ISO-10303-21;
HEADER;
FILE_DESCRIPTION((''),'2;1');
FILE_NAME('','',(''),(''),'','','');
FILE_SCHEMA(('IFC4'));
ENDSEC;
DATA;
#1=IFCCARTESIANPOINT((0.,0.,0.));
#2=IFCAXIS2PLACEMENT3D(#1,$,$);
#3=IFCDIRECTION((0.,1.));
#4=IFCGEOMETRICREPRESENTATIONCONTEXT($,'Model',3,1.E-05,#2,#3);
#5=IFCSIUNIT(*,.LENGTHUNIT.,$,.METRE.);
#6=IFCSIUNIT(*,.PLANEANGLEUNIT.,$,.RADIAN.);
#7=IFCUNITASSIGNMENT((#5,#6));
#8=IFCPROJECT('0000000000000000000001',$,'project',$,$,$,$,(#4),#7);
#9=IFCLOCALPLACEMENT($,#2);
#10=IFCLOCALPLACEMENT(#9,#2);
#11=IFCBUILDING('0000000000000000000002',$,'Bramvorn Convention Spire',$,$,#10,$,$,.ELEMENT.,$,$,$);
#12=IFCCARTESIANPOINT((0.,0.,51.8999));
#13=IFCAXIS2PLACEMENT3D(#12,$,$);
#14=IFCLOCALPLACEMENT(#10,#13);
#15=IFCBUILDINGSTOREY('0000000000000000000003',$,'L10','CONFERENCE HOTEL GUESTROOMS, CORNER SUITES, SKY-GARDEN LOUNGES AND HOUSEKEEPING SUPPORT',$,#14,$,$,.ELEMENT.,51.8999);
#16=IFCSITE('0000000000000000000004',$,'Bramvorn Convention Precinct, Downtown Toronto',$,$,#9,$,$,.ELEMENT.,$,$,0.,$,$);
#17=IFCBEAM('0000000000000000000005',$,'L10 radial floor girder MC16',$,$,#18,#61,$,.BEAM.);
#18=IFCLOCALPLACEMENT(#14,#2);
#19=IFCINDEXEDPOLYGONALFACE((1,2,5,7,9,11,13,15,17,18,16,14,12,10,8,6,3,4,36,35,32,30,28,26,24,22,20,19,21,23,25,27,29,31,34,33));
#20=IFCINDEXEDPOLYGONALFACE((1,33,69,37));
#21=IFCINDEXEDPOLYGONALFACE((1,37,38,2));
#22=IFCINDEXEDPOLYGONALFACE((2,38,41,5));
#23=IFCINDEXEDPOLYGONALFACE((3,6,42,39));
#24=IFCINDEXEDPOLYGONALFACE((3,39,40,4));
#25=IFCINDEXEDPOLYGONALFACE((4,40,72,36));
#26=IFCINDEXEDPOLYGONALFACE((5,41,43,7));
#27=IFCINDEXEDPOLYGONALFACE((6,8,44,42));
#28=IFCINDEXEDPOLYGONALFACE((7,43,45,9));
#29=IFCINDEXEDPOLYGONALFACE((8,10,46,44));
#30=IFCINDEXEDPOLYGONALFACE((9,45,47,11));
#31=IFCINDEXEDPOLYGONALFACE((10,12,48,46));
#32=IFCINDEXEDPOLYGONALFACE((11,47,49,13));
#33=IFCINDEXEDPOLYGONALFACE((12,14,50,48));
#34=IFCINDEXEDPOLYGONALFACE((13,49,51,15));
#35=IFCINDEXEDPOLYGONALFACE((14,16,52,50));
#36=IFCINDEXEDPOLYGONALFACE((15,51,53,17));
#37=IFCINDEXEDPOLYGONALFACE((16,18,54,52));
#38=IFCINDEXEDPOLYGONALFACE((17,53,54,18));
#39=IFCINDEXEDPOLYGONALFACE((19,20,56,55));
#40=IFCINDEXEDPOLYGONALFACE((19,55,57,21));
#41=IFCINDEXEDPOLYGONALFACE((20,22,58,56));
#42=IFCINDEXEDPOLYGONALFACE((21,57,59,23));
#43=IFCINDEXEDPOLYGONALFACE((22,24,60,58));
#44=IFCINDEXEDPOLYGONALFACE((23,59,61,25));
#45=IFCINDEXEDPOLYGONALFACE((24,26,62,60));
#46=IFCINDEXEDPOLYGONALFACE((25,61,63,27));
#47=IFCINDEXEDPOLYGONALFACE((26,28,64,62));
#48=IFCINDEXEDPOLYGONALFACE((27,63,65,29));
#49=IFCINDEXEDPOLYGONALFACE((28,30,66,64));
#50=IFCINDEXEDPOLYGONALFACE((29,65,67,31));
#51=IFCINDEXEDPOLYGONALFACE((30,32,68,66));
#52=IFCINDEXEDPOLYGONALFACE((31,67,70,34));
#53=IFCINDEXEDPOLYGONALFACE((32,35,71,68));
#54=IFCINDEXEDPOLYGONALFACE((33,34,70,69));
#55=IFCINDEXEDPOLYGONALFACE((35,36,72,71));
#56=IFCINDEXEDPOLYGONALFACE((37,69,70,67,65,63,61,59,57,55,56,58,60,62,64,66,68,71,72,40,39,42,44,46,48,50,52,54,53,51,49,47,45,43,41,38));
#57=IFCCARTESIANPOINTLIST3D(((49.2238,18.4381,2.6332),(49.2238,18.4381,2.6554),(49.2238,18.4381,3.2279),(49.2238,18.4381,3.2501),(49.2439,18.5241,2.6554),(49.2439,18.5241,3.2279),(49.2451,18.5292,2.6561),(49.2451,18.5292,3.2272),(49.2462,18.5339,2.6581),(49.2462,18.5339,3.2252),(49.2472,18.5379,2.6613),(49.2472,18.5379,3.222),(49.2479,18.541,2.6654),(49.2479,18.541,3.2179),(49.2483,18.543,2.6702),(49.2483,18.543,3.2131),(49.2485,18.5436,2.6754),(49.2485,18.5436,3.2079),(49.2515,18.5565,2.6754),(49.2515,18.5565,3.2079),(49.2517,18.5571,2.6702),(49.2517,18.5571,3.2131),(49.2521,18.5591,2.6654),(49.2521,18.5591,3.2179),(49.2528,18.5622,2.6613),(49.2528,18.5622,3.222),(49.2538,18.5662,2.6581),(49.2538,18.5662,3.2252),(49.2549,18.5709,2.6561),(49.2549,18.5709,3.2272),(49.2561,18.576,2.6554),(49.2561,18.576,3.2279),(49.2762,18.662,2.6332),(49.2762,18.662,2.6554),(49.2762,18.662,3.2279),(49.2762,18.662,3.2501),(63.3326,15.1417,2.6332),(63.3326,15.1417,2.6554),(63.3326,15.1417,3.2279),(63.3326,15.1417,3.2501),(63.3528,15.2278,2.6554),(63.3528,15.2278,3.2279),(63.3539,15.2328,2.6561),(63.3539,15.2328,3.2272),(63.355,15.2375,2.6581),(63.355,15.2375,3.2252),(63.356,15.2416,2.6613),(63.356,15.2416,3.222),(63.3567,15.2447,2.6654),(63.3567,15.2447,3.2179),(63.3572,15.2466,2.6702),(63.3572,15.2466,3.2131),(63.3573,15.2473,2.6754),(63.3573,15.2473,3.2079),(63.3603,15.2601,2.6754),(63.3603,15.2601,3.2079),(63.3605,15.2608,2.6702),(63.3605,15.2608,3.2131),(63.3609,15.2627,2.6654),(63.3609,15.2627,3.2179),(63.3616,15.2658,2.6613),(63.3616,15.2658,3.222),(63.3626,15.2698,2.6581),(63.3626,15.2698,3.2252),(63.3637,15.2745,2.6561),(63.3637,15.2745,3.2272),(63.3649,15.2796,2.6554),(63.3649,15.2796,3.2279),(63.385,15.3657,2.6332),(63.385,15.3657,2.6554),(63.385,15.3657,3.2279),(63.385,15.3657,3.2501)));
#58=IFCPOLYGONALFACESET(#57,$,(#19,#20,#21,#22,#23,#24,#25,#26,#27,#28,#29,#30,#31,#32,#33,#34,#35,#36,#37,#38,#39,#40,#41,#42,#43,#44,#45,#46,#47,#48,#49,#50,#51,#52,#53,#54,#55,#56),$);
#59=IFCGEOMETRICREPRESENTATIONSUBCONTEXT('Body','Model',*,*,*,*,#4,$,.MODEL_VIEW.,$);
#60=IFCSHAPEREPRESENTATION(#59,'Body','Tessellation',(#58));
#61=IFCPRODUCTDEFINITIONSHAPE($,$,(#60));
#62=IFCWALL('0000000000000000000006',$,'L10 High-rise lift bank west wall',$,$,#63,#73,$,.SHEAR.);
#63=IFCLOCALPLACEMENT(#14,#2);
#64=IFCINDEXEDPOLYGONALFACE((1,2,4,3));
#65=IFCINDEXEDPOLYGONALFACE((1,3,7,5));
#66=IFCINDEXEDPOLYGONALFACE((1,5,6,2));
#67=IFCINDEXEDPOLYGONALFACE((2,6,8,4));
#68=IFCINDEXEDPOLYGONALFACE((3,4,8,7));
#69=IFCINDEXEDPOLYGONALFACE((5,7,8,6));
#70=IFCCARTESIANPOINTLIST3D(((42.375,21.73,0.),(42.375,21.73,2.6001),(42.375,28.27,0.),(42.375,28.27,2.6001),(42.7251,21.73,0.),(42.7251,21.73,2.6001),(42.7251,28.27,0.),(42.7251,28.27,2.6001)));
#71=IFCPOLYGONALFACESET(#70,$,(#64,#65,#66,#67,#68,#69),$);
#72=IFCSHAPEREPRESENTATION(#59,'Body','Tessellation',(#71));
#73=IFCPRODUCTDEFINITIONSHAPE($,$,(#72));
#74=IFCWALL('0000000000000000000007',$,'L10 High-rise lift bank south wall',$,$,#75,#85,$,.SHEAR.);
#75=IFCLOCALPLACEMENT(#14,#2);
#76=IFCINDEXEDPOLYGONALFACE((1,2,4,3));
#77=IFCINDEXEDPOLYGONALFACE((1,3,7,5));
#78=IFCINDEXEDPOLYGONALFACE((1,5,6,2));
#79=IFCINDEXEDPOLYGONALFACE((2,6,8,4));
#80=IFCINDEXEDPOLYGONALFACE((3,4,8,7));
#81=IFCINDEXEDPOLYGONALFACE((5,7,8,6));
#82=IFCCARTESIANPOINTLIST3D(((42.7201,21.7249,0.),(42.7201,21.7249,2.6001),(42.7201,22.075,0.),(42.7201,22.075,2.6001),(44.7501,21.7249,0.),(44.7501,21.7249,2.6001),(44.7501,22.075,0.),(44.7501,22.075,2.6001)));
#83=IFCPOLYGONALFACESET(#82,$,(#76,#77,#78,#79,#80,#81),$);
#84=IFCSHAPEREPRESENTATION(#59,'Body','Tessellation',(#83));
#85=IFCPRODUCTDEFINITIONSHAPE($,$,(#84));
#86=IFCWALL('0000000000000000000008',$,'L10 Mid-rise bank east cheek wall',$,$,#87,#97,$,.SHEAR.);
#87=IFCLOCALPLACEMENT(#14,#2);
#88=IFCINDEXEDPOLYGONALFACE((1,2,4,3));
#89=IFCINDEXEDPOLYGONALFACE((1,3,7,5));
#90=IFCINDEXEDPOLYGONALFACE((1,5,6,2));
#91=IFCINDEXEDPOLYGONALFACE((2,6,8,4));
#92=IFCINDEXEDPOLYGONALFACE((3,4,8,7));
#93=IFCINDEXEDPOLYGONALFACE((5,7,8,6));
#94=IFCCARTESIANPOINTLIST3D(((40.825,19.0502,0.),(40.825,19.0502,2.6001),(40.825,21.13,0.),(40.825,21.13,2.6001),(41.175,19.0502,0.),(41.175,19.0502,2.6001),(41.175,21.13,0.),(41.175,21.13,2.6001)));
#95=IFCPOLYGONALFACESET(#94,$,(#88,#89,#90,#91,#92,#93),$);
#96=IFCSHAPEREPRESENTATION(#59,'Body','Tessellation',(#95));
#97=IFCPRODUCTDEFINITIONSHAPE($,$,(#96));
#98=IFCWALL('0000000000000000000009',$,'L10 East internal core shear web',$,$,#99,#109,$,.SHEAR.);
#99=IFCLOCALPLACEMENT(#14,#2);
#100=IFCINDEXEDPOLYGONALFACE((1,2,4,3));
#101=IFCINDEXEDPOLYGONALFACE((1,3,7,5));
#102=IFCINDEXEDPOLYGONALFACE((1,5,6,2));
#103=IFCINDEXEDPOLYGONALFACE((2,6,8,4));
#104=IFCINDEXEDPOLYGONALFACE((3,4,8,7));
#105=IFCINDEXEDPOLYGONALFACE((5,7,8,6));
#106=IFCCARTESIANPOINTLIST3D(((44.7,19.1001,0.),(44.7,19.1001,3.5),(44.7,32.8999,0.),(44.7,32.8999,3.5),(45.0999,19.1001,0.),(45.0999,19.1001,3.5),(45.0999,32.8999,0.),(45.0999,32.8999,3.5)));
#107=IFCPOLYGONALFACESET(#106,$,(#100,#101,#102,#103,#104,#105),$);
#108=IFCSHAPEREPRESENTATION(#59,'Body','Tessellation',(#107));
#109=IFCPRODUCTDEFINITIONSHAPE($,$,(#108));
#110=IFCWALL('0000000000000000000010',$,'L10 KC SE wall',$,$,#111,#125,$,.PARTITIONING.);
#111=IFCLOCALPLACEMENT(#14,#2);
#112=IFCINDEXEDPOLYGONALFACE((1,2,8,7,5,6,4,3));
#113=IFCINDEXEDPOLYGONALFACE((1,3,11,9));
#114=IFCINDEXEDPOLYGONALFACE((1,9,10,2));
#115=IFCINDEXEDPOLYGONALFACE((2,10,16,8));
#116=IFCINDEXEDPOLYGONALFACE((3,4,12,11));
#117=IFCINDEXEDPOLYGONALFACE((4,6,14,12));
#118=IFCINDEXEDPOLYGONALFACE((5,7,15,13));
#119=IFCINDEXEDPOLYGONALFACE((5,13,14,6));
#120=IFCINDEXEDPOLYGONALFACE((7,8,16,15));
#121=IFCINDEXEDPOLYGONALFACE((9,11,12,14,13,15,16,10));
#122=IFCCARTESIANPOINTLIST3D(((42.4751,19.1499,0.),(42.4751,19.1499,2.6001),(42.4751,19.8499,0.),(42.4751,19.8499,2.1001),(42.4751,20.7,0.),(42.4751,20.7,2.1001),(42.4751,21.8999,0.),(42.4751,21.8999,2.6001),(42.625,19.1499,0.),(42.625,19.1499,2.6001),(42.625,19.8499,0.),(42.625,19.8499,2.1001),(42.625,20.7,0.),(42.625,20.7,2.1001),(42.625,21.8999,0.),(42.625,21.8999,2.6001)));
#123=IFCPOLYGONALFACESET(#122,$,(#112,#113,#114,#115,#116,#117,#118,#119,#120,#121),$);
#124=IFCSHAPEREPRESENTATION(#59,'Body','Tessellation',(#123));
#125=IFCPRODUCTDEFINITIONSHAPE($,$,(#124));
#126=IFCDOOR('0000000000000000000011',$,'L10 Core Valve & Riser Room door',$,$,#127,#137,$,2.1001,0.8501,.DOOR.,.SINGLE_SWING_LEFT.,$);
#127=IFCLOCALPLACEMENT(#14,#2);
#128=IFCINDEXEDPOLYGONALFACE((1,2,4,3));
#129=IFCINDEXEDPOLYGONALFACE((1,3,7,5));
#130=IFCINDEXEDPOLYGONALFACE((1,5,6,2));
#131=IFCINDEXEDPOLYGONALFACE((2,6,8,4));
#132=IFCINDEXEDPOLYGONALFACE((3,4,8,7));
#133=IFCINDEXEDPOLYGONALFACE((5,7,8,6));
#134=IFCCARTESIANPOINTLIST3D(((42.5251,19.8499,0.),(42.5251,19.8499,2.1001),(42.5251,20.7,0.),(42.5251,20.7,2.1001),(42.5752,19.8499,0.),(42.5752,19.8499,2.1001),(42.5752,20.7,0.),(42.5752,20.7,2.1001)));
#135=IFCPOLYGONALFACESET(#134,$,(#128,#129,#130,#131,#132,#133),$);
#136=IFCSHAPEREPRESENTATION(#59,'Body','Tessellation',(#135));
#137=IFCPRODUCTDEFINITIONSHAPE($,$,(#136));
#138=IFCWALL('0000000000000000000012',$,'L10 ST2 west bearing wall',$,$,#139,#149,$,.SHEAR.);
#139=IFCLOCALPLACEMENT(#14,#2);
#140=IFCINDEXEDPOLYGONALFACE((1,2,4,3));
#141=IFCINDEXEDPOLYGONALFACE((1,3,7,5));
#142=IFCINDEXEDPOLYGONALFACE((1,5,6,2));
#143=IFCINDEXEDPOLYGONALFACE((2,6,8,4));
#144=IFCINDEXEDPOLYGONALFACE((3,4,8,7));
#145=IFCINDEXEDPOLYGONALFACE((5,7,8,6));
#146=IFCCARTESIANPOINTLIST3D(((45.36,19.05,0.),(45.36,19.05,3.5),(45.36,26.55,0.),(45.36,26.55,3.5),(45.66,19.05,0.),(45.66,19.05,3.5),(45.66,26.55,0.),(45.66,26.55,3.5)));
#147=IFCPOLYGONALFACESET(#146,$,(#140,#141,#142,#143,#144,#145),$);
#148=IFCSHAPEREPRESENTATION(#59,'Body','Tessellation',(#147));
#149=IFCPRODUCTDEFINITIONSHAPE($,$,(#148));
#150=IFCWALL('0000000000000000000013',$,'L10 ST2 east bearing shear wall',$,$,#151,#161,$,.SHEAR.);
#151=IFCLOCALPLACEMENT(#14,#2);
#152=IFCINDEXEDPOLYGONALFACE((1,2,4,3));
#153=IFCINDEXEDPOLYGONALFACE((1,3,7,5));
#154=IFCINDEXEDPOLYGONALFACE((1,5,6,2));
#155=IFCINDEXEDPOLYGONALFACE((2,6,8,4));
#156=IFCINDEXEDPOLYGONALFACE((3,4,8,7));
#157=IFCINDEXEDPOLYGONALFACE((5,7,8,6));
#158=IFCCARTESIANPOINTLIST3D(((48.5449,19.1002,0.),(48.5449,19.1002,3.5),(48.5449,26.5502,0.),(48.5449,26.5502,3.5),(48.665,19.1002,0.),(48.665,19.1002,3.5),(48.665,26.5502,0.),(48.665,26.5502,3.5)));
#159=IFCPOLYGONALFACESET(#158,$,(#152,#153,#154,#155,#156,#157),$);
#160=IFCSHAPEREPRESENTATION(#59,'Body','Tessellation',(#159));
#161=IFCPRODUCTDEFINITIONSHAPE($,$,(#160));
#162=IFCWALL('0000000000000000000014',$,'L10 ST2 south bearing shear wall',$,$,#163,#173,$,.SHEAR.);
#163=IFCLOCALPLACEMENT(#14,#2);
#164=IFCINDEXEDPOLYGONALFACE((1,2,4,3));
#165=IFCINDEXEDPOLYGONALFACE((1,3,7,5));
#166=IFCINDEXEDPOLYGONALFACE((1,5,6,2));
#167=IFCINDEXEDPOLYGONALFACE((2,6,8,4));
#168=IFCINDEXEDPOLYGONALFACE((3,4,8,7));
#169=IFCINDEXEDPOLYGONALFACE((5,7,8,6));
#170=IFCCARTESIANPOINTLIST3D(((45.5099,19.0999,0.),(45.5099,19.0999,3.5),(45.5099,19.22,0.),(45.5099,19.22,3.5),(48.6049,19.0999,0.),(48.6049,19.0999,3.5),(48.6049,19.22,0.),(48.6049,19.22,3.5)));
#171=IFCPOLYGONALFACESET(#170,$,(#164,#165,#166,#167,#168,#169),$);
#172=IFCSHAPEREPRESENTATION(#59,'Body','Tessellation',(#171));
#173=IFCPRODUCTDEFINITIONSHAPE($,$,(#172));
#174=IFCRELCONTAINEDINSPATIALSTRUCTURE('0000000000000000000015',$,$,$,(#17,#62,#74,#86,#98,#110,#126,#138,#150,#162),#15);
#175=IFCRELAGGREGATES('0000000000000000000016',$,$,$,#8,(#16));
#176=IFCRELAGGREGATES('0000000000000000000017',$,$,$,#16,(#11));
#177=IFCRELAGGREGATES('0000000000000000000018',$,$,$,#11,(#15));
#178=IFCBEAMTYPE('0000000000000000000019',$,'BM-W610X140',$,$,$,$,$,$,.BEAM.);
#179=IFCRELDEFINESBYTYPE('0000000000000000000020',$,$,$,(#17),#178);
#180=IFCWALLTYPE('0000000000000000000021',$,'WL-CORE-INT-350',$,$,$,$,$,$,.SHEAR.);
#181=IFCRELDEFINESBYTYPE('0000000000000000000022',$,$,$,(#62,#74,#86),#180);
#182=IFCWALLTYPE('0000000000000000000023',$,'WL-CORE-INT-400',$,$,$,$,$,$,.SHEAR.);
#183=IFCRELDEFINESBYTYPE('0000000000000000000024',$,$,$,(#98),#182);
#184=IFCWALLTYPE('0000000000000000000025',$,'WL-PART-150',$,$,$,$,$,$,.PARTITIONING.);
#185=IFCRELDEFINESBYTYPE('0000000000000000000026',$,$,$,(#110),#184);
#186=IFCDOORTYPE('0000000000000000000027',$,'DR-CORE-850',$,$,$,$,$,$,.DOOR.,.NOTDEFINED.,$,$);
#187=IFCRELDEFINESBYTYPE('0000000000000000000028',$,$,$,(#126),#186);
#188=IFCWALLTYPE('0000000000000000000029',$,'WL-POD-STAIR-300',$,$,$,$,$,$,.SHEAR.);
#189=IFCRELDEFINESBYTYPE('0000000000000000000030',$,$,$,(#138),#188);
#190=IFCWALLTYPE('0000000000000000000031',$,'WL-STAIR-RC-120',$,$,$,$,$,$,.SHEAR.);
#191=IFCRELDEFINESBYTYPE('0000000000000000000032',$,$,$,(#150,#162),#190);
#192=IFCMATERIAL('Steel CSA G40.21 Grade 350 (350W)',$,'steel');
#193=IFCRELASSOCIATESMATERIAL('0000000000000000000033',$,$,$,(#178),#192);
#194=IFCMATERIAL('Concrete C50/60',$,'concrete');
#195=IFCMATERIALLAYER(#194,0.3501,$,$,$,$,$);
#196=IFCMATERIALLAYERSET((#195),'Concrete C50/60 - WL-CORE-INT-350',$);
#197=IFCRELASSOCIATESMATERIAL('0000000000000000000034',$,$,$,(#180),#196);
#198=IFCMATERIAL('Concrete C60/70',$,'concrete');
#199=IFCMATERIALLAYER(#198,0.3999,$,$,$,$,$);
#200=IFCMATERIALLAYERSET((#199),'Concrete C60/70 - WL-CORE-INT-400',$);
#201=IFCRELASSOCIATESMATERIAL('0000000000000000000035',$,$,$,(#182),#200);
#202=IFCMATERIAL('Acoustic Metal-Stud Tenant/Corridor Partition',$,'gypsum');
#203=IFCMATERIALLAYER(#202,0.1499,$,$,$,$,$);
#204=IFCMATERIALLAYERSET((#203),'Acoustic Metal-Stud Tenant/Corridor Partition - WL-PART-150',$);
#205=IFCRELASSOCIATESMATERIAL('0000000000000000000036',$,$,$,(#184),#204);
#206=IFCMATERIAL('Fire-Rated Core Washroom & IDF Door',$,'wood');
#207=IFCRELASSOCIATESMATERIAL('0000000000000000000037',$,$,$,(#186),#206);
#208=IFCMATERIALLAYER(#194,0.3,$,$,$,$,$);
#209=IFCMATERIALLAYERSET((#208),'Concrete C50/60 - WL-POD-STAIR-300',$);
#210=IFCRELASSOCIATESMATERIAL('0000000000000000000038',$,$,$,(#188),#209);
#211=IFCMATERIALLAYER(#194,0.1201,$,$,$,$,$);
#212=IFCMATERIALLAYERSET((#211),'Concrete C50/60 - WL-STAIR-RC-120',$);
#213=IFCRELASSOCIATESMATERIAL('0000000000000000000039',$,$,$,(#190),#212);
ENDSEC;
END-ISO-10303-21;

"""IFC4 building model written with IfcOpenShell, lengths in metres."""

from ifc_helpers import new_model, si_unit, direction, frame, frame_2d, origin, origin_2d, place, context, subcontext, project, spatial, rectangle, i_section, extrude, material, layer, layer_set, material_profile, profile_set, type_object, element, fill, save


model = new_model("IFC4")

# Units and contexts
model_context = context("Model", 3, precision=1e-05, world=origin(), true_north=direction((0.0, 1.0)))
body_context = subcontext(model_context, "Body", "Model", "MODEL_VIEW")
ifc_project = project(units=[si_unit("LENGTHUNIT", "METRE"), si_unit("PLANEANGLEUNIT", "RADIAN")], contexts=[model_context])

# Site, building, storey
site_placement = place(None, origin())
site = spatial("IfcSite", under=ifc_project, at=site_placement, Name="Bramvorn Convention Precinct, Downtown Toronto", CompositionType="ELEMENT", RefElevation=0.0)
building_placement = place(site_placement, origin())
building = spatial("IfcBuilding", under=site, at=building_placement, Name="Bramvorn Convention Spire", CompositionType="ELEMENT")
storey_placement = place(building_placement, frame((0.0, 0.0, 51.8999)))
storey = spatial("IfcBuildingStorey", under=building, at=storey_placement, Name="L10", Description="CONFERENCE HOTEL GUESTROOMS, CORNER SUITES, SKY-GARDEN LOUNGES AND HOUSEKEEPING SUPPORT", CompositionType="ELEMENT", Elevation=51.8999)

# Beam
ifc_material_1 = material(Name="Steel CSA G40.21 Grade 350 (350W)", Category="steel")
ifc_material_profile_1 = material_profile(ifc_material_1, i_section(OverallWidth=0.23, OverallDepth=0.6169, WebThickness=0.0132, FlangeThickness=0.0222, FilletRadius=0.02, at=origin_2d()))
ifc_profile_set_1 = profile_set([ifc_material_profile_1], Name="Steel CSA G40.21 Grade 350 (350W) - W610X140")
beam_type_1 = type_object("IfcBeamType", Name="BM-W610X140", PredefinedType="BEAM", material=ifc_profile_set_1)
beam_1_placement = place(storey_placement, frame((49.25, 18.55, 2.9417), z_axis=(0.973775, -0.227512, 0.0), x_axis=(0.227512, 0.973775, 0.0)))
element("IfcBeam", 1, at=beam_1_placement, inside=storey, type_object=beam_type_1, Name="L10 radial floor girder MC16", PredefinedType="BEAM", context=body_context, shape_type="SweptSolid", body=[
    extrude(i_section(OverallWidth=0.23, OverallDepth=0.6169, WebThickness=0.0132, FlangeThickness=0.0222, FilletRadius=0.02, at=origin_2d()), origin(), (0.0, 0.0, 1.0), 14.4888),
])

# Shared definitions
ifc_material_2 = material(Name="Concrete C60/70", Category="concrete")

# Walls
ifc_material_3 = material(Name="Concrete C50/60", Category="concrete")
ifc_layer_1 = layer(ifc_material_3, 0.3501)
ifc_layer_set_1 = layer_set([ifc_layer_1], Name="Concrete C50/60 - WL-CORE-INT-350")
wall_type_1 = type_object("IfcWallType", Name="WL-CORE-INT-350", PredefinedType="SHEAR", material=ifc_layer_set_1)
wall_1_placement = place(storey_placement, frame((42.55, 21.73, 0.0), z_axis=(0.0, 0.0, 1.0), x_axis=(0.0, 1.0, 0.0)))
element("IfcWall", 2, at=wall_1_placement, inside=storey, type_object=wall_type_1, Name="L10 High-rise lift bank west wall", PredefinedType="SHEAR", context=body_context, shape_type="SweptSolid", body=[
    extrude(rectangle(XDim=6.54, YDim=0.3501, at=frame_2d((3.27, 0.0))), origin(), (0.0, 0.0, 1.0), 2.6001),
])
wall_2_placement = place(storey_placement, frame((42.72, 21.8999, 0.0), z_axis=(0.0, 0.0, 1.0), x_axis=(1.0, 0.0, 0.0)))
element("IfcWall", 3, at=wall_2_placement, inside=storey, type_object=wall_type_1, Name="L10 High-rise lift bank south wall", PredefinedType="SHEAR", context=body_context, shape_type="SweptSolid", body=[
    extrude(rectangle(XDim=2.03, YDim=0.3501, at=frame_2d((1.0151, 0.0))), origin(), (0.0, 0.0, 1.0), 2.6001),
])
wall_3_placement = place(storey_placement, frame((41.0, 19.05, 0.0), z_axis=(0.0, 0.0, 1.0), x_axis=(0.0, 1.0, 0.0)))
element("IfcWall", 4, at=wall_3_placement, inside=storey, type_object=wall_type_1, Name="L10 Mid-rise bank east cheek wall", PredefinedType="SHEAR", context=body_context, shape_type="SweptSolid", body=[
    extrude(rectangle(XDim=2.0798, YDim=0.3501, at=frame_2d((1.04, 0.0))), origin(), (0.0, 0.0, 1.0), 2.6001),
])
ifc_layer_2 = layer(ifc_material_2, 0.3999)
ifc_layer_set_2 = layer_set([ifc_layer_2], Name="Concrete C60/70 - WL-CORE-INT-400")
wall_type_2 = type_object("IfcWallType", Name="WL-CORE-INT-400", PredefinedType="SHEAR", material=ifc_layer_set_2)
wall_4_placement = place(storey_placement, frame((44.8999, 19.1001, 0.0), z_axis=(0.0, 0.0, 1.0), x_axis=(0.0, 1.0, 0.0)))
element("IfcWall", 5, at=wall_4_placement, inside=storey, type_object=wall_type_2, Name="L10 East internal core shear web", PredefinedType="SHEAR", context=body_context, shape_type="SweptSolid", body=[
    extrude(rectangle(XDim=13.7998, YDim=0.3999, at=frame_2d((6.8999, 0.0))), origin(), (0.0, 0.0, 1.0), 3.5),
])

# Wall, opening, door
ifc_material_4 = material(Name="Acoustic Metal-Stud Tenant/Corridor Partition", Category="gypsum")
ifc_layer_3 = layer(ifc_material_4, 0.1499)
ifc_layer_set_3 = layer_set([ifc_layer_3], Name="Acoustic Metal-Stud Tenant/Corridor Partition - WL-PART-150")
wall_type_3 = type_object("IfcWallType", Name="WL-PART-150", PredefinedType="PARTITIONING", material=ifc_layer_set_3)
wall_5_placement = place(storey_placement, frame((42.55, 19.1499, 0.0), z_axis=(0.0, 0.0, 1.0), x_axis=(0.0, 1.0, 0.0)))
wall_5 = element("IfcWall", 6, at=wall_5_placement, inside=storey, type_object=wall_type_3, Name="L10 KC SE wall", PredefinedType="PARTITIONING", context=body_context, shape_type="SweptSolid", body=[
    extrude(rectangle(XDim=2.75, YDim=0.1499, at=frame_2d((1.375, 0.0))), origin(), (0.0, 0.0, 1.0), 2.6001),
])
opening_1_placement = place(wall_5_placement, frame((0.7, 0.0, 0.0)))
opening_1 = element("IfcOpeningElement", 7, at=opening_1_placement, cuts=wall_5, PredefinedType="OPENING", context=body_context, shape_type="SweptSolid", body=[
    extrude(rectangle(XDim=0.8501, YDim=2.1001, at=frame_2d((0.425, 1.05))), frame((0.0, 0.085, 0.0), z_axis=(0.0, -1.0, 0.0), x_axis=(1.0, 0.0, 0.0)), (0.0, 0.0, 1.0), 0.1699),
])
ifc_material_5 = material(Name="Fire-Rated Core Washroom & IDF Door", Category="wood")
door_type_1 = type_object("IfcDoorType", Name="DR-CORE-850", OperationType="NOTDEFINED", PredefinedType="DOOR", material=ifc_material_5)
door_1_placement = place(opening_1_placement, origin())
door_1 = element("IfcDoor", 8, at=door_1_placement, inside=storey, type_object=door_type_1, Name="L10 Core Valve & Riser Room door", OperationType="SINGLE_SWING_LEFT", OverallHeight=2.1001, OverallWidth=0.8501, PredefinedType="DOOR", context=body_context, shape_type="SweptSolid", body=[
    extrude(rectangle(XDim=0.8501, YDim=2.1001, at=frame_2d((0.425, 1.05))), frame((0.0, 0.0249, 0.0), z_axis=(0.0, -1.0, 0.0), x_axis=(1.0, 0.0, 0.0)), (0.0, 0.0, 1.0), 0.05),
])
fill(opening_1, door_1)

# Walls
ifc_layer_4 = layer(ifc_material_3, 0.3)
ifc_layer_set_4 = layer_set([ifc_layer_4], Name="Concrete C50/60 - WL-POD-STAIR-300")
wall_type_4 = type_object("IfcWallType", Name="WL-POD-STAIR-300", PredefinedType="SHEAR", material=ifc_layer_set_4)
wall_6_placement = place(storey_placement, frame((45.51, 19.05, 0.0), z_axis=(0.0, 0.0, 1.0), x_axis=(0.0, 1.0, 0.0)))
element("IfcWall", 9, at=wall_6_placement, inside=storey, type_object=wall_type_4, Name="L10 ST2 west bearing wall", PredefinedType="SHEAR", context=body_context, shape_type="SweptSolid", body=[
    extrude(rectangle(XDim=7.5, YDim=0.3, at=frame_2d((3.75, 0.0))), origin(), (0.0, 0.0, 1.0), 3.5),
])
ifc_layer_5 = layer(ifc_material_3, 0.1201)
ifc_layer_set_5 = layer_set([ifc_layer_5], Name="Concrete C50/60 - WL-STAIR-RC-120")
wall_type_5 = type_object("IfcWallType", Name="WL-STAIR-RC-120", PredefinedType="SHEAR", material=ifc_layer_set_5)
wall_7_placement = place(storey_placement, frame((48.605, 19.1001, 0.0), z_axis=(0.0, 0.0, 1.0), x_axis=(0.0, 1.0, 0.0)))
element("IfcWall", 10, at=wall_7_placement, inside=storey, type_object=wall_type_5, Name="L10 ST2 east bearing shear wall", PredefinedType="SHEAR", context=body_context, shape_type="SweptSolid", body=[
    extrude(rectangle(XDim=7.45, YDim=0.1201, at=frame_2d((3.7251, 0.0))), origin(), (0.0, 0.0, 1.0), 3.5),
])
wall_8_placement = place(storey_placement, frame((45.51, 19.1599, 0.0), z_axis=(0.0, 0.0, 1.0), x_axis=(1.0, 0.0, 0.0)))
element("IfcWall", 11, at=wall_8_placement, inside=storey, type_object=wall_type_5, Name="L10 ST2 south bearing shear wall", PredefinedType="SHEAR", context=body_context, shape_type="SweptSolid", body=[
    extrude(rectangle(XDim=3.095, YDim=0.1201, at=frame_2d((1.5474, 0.0))), origin(), (0.0, 0.0, 1.0), 3.5),
])

save(model, "model.ifc")
